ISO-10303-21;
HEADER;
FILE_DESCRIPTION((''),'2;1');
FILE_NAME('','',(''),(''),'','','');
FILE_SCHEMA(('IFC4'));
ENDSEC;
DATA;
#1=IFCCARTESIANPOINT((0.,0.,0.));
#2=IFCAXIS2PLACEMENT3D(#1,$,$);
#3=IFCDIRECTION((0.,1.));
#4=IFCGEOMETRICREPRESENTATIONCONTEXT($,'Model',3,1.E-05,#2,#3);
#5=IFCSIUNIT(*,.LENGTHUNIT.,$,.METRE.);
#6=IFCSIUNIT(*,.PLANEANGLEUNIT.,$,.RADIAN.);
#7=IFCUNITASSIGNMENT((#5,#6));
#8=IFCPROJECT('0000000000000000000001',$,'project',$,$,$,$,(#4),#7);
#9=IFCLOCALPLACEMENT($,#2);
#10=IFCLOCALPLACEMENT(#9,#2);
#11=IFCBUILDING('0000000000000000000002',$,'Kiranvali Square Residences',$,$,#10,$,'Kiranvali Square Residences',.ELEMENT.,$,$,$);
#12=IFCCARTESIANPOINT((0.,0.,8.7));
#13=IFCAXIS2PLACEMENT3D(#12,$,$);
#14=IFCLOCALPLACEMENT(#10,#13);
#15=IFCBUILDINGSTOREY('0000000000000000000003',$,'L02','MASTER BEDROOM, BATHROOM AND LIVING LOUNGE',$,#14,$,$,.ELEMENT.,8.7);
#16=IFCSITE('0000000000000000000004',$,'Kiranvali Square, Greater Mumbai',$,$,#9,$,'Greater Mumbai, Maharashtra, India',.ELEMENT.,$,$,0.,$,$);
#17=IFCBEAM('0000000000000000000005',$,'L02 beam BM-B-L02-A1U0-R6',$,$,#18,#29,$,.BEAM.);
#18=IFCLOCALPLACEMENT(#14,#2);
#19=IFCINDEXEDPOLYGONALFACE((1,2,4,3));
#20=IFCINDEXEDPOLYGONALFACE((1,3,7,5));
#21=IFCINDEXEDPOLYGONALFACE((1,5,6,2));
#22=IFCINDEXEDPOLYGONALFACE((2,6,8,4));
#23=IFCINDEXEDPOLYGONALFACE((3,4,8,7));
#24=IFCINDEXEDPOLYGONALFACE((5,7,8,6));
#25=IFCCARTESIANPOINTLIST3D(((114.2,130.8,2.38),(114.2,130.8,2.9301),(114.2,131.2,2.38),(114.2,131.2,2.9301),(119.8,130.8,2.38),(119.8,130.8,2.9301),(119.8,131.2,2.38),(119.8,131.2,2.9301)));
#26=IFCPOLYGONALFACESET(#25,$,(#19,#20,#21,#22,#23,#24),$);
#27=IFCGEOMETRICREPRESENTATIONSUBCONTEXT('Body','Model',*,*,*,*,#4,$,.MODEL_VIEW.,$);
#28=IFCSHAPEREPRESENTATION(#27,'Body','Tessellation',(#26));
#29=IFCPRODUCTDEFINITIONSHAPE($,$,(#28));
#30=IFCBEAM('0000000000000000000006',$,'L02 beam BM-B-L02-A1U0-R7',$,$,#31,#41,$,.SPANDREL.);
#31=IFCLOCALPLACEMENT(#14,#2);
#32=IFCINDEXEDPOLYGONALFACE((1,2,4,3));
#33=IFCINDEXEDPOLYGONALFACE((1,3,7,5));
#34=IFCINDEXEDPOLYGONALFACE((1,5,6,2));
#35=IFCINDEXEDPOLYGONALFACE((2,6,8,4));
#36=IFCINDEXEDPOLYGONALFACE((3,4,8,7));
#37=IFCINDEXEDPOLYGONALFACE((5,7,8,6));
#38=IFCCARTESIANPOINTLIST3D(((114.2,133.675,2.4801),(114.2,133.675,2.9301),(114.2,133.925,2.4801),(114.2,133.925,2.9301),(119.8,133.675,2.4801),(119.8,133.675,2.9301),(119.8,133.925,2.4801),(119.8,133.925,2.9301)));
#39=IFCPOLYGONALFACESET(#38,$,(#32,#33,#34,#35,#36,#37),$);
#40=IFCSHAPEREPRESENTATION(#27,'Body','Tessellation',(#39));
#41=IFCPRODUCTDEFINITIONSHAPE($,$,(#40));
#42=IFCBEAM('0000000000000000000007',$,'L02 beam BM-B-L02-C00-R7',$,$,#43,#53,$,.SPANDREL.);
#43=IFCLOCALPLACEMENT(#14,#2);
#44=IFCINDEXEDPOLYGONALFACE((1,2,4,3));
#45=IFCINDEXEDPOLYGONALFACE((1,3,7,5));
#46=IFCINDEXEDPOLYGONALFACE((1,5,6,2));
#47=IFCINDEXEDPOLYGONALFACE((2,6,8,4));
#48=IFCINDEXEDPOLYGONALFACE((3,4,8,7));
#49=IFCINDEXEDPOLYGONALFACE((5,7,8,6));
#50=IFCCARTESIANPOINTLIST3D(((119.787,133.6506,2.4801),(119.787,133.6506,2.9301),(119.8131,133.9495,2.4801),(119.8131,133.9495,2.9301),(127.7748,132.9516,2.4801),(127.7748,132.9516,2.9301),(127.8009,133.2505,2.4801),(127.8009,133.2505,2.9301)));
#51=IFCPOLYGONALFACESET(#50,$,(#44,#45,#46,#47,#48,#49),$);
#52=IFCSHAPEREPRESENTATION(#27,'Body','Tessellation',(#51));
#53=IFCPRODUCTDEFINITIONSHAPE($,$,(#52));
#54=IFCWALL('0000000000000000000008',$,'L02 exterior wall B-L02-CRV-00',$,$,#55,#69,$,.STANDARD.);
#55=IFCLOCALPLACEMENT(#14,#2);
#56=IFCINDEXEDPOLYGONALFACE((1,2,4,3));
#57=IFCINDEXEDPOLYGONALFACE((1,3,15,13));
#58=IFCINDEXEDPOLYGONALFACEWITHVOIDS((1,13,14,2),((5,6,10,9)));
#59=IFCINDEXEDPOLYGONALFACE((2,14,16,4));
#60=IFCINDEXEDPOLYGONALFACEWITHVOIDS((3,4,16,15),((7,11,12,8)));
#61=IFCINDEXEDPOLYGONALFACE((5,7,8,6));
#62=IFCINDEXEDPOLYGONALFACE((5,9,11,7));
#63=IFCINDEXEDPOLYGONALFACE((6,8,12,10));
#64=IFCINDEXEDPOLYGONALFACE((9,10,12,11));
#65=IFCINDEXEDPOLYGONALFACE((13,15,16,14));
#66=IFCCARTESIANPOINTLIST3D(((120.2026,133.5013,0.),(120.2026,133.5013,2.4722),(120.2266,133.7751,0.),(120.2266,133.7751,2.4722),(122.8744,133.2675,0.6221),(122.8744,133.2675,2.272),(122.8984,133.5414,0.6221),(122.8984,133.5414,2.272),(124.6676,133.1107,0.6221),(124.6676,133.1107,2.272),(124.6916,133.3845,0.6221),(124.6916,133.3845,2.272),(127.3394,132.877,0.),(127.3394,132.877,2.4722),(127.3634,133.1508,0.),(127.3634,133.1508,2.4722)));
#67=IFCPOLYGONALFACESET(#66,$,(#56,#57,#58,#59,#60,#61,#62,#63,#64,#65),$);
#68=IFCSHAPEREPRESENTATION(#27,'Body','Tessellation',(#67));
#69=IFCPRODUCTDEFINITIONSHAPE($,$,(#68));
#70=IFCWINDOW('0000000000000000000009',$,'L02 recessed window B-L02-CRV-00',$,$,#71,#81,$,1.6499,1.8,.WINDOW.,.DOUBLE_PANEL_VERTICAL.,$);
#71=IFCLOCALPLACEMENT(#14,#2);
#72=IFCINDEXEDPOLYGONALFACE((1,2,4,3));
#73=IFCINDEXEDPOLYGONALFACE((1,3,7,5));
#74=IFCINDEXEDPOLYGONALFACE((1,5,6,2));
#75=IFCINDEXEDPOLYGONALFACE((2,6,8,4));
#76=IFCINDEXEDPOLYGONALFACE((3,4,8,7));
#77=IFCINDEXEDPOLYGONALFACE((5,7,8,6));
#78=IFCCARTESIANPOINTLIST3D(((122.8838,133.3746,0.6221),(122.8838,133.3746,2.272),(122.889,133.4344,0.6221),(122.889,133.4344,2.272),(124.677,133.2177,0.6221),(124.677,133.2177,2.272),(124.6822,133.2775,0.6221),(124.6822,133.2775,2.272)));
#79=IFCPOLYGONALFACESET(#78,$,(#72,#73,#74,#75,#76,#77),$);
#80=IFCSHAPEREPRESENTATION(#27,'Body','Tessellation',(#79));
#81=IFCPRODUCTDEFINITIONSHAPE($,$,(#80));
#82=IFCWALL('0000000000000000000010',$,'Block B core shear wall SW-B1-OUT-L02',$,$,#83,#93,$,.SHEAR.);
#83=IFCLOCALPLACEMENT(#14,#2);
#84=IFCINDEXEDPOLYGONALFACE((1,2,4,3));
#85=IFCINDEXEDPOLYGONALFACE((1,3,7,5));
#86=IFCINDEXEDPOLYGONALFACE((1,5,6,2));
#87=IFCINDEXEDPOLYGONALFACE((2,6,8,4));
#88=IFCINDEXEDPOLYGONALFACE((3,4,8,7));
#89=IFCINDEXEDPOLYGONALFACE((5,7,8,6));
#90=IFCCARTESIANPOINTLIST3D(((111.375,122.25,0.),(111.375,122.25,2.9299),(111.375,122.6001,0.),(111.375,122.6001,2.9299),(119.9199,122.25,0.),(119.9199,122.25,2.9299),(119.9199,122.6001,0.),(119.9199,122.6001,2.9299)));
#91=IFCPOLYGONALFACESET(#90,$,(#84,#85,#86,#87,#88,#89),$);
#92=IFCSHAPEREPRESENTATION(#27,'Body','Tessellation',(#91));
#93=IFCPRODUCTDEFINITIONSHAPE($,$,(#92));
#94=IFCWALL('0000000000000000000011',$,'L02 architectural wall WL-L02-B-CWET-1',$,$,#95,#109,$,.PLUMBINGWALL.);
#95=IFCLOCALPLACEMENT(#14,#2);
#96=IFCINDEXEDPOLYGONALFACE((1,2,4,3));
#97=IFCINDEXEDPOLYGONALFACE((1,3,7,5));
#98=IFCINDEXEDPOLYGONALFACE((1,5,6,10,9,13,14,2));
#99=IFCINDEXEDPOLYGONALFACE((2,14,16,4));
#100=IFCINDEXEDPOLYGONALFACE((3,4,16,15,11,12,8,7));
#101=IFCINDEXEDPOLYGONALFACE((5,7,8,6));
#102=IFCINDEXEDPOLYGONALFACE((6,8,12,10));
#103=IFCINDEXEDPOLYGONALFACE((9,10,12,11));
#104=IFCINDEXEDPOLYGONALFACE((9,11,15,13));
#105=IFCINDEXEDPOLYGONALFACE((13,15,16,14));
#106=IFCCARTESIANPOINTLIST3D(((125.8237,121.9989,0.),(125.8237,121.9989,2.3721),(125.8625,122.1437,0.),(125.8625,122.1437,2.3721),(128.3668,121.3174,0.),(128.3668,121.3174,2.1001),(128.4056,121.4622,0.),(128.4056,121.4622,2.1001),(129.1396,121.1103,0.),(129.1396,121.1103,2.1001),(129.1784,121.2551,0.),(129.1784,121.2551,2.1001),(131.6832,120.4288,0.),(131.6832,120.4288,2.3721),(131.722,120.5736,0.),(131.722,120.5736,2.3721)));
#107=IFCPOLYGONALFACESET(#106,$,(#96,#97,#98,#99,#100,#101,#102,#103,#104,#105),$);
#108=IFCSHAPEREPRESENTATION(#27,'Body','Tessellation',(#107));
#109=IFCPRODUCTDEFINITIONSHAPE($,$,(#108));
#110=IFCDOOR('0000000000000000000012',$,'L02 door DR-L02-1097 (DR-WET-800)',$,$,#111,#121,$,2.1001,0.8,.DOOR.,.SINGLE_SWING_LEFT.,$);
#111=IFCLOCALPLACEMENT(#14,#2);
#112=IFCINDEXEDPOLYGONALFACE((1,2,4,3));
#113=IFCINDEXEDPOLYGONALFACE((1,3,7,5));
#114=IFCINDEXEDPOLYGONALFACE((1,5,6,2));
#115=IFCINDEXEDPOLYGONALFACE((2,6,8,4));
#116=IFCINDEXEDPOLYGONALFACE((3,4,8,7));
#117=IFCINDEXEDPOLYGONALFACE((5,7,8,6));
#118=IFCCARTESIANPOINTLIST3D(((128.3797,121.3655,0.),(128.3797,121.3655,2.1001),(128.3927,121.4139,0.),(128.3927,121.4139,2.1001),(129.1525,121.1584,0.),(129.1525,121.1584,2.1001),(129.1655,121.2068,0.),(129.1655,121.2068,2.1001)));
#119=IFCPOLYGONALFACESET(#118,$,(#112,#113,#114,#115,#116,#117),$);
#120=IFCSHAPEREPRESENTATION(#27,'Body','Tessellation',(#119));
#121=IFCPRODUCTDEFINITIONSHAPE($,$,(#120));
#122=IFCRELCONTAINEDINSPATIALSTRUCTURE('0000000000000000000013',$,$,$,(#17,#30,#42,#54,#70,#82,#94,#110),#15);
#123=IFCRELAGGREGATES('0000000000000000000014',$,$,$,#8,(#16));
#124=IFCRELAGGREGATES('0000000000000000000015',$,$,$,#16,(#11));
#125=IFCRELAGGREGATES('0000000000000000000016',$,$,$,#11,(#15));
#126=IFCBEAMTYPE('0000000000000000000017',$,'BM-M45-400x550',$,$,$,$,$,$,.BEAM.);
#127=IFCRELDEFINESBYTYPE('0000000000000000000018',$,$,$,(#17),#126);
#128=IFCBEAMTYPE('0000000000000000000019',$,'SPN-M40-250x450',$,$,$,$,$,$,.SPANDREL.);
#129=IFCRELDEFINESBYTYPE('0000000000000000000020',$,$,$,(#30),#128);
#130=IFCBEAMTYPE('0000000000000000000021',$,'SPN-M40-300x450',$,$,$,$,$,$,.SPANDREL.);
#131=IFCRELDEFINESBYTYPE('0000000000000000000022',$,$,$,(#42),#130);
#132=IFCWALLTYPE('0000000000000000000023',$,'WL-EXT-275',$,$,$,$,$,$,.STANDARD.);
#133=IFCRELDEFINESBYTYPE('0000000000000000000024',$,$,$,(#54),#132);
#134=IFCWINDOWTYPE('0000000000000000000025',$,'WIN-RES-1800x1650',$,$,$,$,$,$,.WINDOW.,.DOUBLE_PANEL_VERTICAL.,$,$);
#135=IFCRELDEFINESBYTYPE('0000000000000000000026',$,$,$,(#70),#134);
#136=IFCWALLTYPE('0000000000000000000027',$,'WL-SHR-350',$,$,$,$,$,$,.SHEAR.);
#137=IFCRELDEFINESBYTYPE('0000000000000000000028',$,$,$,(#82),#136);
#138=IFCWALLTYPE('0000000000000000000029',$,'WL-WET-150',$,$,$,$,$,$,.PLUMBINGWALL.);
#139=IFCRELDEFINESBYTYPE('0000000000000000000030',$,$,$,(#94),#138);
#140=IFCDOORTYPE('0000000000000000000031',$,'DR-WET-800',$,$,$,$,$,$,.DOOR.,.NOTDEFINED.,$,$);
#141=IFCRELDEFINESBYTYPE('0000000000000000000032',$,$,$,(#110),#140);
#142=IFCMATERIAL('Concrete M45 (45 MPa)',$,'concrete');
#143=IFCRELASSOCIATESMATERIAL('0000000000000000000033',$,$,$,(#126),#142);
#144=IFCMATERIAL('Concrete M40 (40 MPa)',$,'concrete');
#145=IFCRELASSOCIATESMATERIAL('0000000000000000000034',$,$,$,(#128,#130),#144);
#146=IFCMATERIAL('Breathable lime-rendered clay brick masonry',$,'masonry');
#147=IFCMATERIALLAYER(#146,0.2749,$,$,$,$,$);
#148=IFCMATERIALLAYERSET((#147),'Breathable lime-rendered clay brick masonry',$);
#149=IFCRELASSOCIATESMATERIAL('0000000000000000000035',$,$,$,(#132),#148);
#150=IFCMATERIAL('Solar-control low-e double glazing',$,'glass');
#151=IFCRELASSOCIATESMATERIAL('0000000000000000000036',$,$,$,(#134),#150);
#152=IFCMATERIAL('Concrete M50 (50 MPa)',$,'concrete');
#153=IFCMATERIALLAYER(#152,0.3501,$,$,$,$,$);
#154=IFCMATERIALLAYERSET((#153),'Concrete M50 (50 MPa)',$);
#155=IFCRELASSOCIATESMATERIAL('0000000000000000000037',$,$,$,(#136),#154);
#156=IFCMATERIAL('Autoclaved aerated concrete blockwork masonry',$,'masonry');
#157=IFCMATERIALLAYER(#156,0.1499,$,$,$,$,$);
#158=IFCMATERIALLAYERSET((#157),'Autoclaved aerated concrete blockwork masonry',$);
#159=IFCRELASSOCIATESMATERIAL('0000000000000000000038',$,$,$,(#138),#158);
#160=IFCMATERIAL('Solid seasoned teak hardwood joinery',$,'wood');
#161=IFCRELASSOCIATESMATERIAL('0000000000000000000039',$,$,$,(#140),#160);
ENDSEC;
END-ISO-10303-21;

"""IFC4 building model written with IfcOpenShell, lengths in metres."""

from ifc_helpers import new_model, si_unit, direction, frame, frame_2d, origin, origin_2d, place, context, subcontext, project, spatial, rectangle, extrude, material, layer, layer_set, material_profile, profile_set, type_object, element, fill, save


model = new_model("IFC4")

# Units and contexts
model_context = context("Model", 3, precision=1e-05, world=origin(), true_north=direction((0.0, 1.0)))
body_context = subcontext(model_context, "Body", "Model", "MODEL_VIEW")
ifc_project = project(units=[si_unit("LENGTHUNIT", "METRE"), si_unit("PLANEANGLEUNIT", "RADIAN")], contexts=[model_context])

# Site, building, storey
site_placement = place(None, origin())
site = spatial("IfcSite", under=ifc_project, at=site_placement, Name="Kiranvali Square, Greater Mumbai", LongName="Greater Mumbai, Maharashtra, India", CompositionType="ELEMENT", RefElevation=0.0)
building_placement = place(site_placement, origin())
building = spatial("IfcBuilding", under=site, at=building_placement, Name="Kiranvali Square Residences", LongName="Kiranvali Square Residences", CompositionType="ELEMENT")
storey_placement = place(building_placement, frame((0.0, 0.0, 8.7)))
storey = spatial("IfcBuildingStorey", under=building, at=storey_placement, Name="L02", Description="MASTER BEDROOM, BATHROOM AND LIVING LOUNGE", CompositionType="ELEMENT", Elevation=8.7)

# Shared definitions
ifc_material_1 = material(Name="Concrete M50 (50 MPa)", Category="concrete")

# Beams
ifc_material_2 = material(Name="Concrete M45 (45 MPa)", Category="concrete")
ifc_material_profile_1 = material_profile(ifc_material_2, rectangle(XDim=0.3999, YDim=0.55, at=origin_2d()), Name="RC 400x550")
ifc_profile_set_1 = profile_set([ifc_material_profile_1], Name="Concrete M45 (45 MPa)")
beam_type_1 = type_object("IfcBeamType", Name="BM-M45-400x550", PredefinedType="BEAM", material=ifc_profile_set_1)
for number, where, z_axis, x_axis, name in (
    (1, (119.8, 131.0, 2.655), (-1.0, 0.0, 0.0), (0.0, -1.0, 0.0), "L02 beam BM-B-L02-A1U0-R6"),
):
    element("IfcBeam", number, at=place(storey_placement, frame(where, z_axis=z_axis, x_axis=x_axis)), inside=storey, type_object=beam_type_1, Name=name, PredefinedType="BEAM", context=body_context, shape_type="SweptSolid", body=[
        extrude(rectangle(XDim=0.3999, YDim=0.55, at=origin_2d()), origin(), (0.0, 0.0, 1.0), 5.6001),
    ])
ifc_material_3 = material(Name="Concrete M40 (40 MPa)", Category="concrete")
ifc_material_profile_2 = material_profile(ifc_material_3, rectangle(XDim=0.25, YDim=0.45, at=origin_2d()), Name="RC 250x450")
ifc_profile_set_2 = profile_set([ifc_material_profile_2], Name="Concrete M40 (40 MPa)")
beam_type_2 = type_object("IfcBeamType", Name="SPN-M40-250x450", PredefinedType="SPANDREL", material=ifc_profile_set_2)
beam_1_placement = place(storey_placement, frame((119.8, 133.8, 2.7051), z_axis=(-1.0, 0.0, 0.0), x_axis=(0.0, -1.0, 0.0)))
element("IfcBeam", 2, at=beam_1_placement, inside=storey, type_object=beam_type_2, Name="L02 beam BM-B-L02-A1U0-R7", PredefinedType="SPANDREL", context=body_context, shape_type="SweptSolid", body=[
    extrude(rectangle(XDim=0.25, YDim=0.45, at=origin_2d()), origin(), (0.0, 0.0, 1.0), 5.6001),
])
ifc_material_profile_3 = material_profile(ifc_material_3, rectangle(XDim=0.3, YDim=0.45, at=origin_2d()), Name="RC 300x450")
ifc_profile_set_3 = profile_set([ifc_material_profile_3], Name="Concrete M40 (40 MPa)")
beam_type_3 = type_object("IfcBeamType", Name="SPN-M40-300x450", PredefinedType="SPANDREL", material=ifc_profile_set_3)
beam_2_placement = place(storey_placement, frame((119.8, 133.8, 2.7051), z_axis=(0.996193, -0.087172, 0.0), x_axis=(0.087172, 0.996193, 0.0)))
element("IfcBeam", 3, at=beam_2_placement, inside=storey, type_object=beam_type_3, Name="L02 beam BM-B-L02-C00-R7", PredefinedType="SPANDREL", context=body_context, shape_type="SweptSolid", body=[
    extrude(rectangle(XDim=0.3, YDim=0.45, at=origin_2d()), origin(), (0.0, 0.0, 1.0), 8.0183),
])

# Wall, opening, window
ifc_material_4 = material(Name="Breathable lime-rendered clay brick masonry", Category="masonry")
ifc_layer_1 = layer(ifc_material_4, 0.2749)
ifc_layer_set_1 = layer_set([ifc_layer_1], Name="Breathable lime-rendered clay brick masonry")
wall_type_1 = type_object("IfcWallType", Name="WL-EXT-275", PredefinedType="STANDARD", material=ifc_layer_set_1)
wall_1_placement = place(storey_placement, frame((120.2146, 133.6382, 0.0), z_axis=(0.0, 0.0, 1.0), x_axis=(0.996196, -0.08714, 0.0)))
wall_1 = element("IfcWall", 4, at=wall_1_placement, inside=storey, type_object=wall_type_1, Name="L02 exterior wall B-L02-CRV-00", PredefinedType="STANDARD", context=body_context, shape_type="SweptSolid", body=[
    extrude(rectangle(XDim=7.1641, YDim=0.2749, at=frame_2d((3.582, 0.0))), origin(), (0.0, 0.0, 1.0), 2.4722),
])
opening_1_placement = place(wall_1_placement, frame((2.6821, 0.0, 0.6221)))
opening_1 = element("IfcOpeningElement", 5, at=opening_1_placement, cuts=wall_1, PredefinedType="OPENING", context=body_context, shape_type="SweptSolid", body=[
    extrude(rectangle(XDim=1.8, YDim=1.6499, at=frame_2d((0.8999, 0.825))), frame((0.0, 0.1475, 0.0), z_axis=(0.0, -1.0, 0.0), x_axis=(1.0, 0.0, 0.0)), (0.0, 0.0, 1.0), 0.2949),
])
ifc_material_5 = material(Name="Solar-control low-e double glazing", Category="glass")
window_type = type_object("IfcWindowType", Name="WIN-RES-1800x1650", PartitioningType="DOUBLE_PANEL_VERTICAL", PredefinedType="WINDOW", material=ifc_material_5)
window_placement = place(opening_1_placement, origin())
window = element("IfcWindow", 6, at=window_placement, inside=storey, type_object=window_type, Name="L02 recessed window B-L02-CRV-00", OverallHeight=1.6499, OverallWidth=1.8, PartitioningType="DOUBLE_PANEL_VERTICAL", PredefinedType="WINDOW", context=body_context, shape_type="SweptSolid", body=[
    extrude(rectangle(XDim=1.8, YDim=1.6499, at=frame_2d((0.8999, 0.825))), frame((0.0, 0.03, 0.0), z_axis=(0.0, -1.0, 0.0), x_axis=(1.0, 0.0, 0.0)), (0.0, 0.0, 1.0), 0.0601),
])
fill(opening_1, window)

# Wall
ifc_layer_2 = layer(ifc_material_1, 0.3501)
ifc_layer_set_2 = layer_set([ifc_layer_2], Name="Concrete M50 (50 MPa)")
wall_type_2 = type_object("IfcWallType", Name="WL-SHR-350", PredefinedType="SHEAR", material=ifc_layer_set_2)
wall_2_placement = place(storey_placement, frame((119.9199, 122.425, 0.0), z_axis=(0.0, 0.0, 1.0), x_axis=(-1.0, 0.0, 0.0)))
element("IfcWall", 7, at=wall_2_placement, inside=storey, type_object=wall_type_2, Name="Block B core shear wall SW-B1-OUT-L02", PredefinedType="SHEAR", context=body_context, shape_type="SweptSolid", body=[
    extrude(rectangle(XDim=8.5449, YDim=0.3501, at=frame_2d((4.2725, 0.0))), origin(), (0.0, 0.0, 1.0), 2.9299),
])

# Wall, opening, door
ifc_material_6 = material(Name="Autoclaved aerated concrete blockwork masonry", Category="masonry")
ifc_layer_3 = layer(ifc_material_6, 0.1499)
ifc_layer_set_3 = layer_set([ifc_layer_3], Name="Autoclaved aerated concrete blockwork masonry")
wall_type_3 = type_object("IfcWallType", Name="WL-WET-150", PredefinedType="PLUMBINGWALL", material=ifc_layer_set_3)
wall_3_placement = place(storey_placement, frame((125.843, 122.0713, 0.0), z_axis=(0.0, 0.0, 1.0), x_axis=(0.965924, -0.258827, 0.0)))
wall_3 = element("IfcWall", 8, at=wall_3_placement, inside=storey, type_object=wall_type_3, Name="L02 architectural wall WL-L02-B-CWET-1", PredefinedType="PLUMBINGWALL", context=body_context, shape_type="SweptSolid", body=[
    extrude(rectangle(XDim=6.0662, YDim=0.1499, at=frame_2d((3.0332, 0.0))), origin(), (0.0, 0.0, 1.0), 2.3721),
])
opening_2_placement = place(wall_3_placement, frame((2.6331, 0.0, 0.0)))
opening_2 = element("IfcOpeningElement", 9, at=opening_2_placement, cuts=wall_3, PredefinedType="OPENING", context=body_context, shape_type="SweptSolid", body=[
    extrude(rectangle(XDim=0.8, YDim=2.1001, at=frame_2d((0.3999, 1.05))), frame((0.0, 0.085, 0.0), z_axis=(0.0, -1.0, 0.0), x_axis=(1.0, 0.0, 0.0)), (0.0, 0.0, 1.0), 0.1699),
])
ifc_material_7 = material(Name="Solid seasoned teak hardwood joinery", Category="wood")
door_type = type_object("IfcDoorType", Name="DR-WET-800", OperationType="NOTDEFINED", PredefinedType="DOOR", material=ifc_material_7)
door_placement = place(opening_2_placement, origin())
door = element("IfcDoor", 10, at=door_placement, inside=storey, type_object=door_type, Name="L02 door DR-L02-1097 (DR-WET-800)", OperationType="SINGLE_SWING_LEFT", OverallHeight=2.1001, OverallWidth=0.8, PredefinedType="DOOR", context=body_context, shape_type="SweptSolid", body=[
    extrude(rectangle(XDim=0.8, YDim=2.1001, at=frame_2d((0.3999, 1.05))), frame((0.0, 0.0249, 0.0), z_axis=(0.0, -1.0, 0.0), x_axis=(1.0, 0.0, 0.0)), (0.0, 0.0, 1.0), 0.05),
])
fill(opening_2, door)

save(model, "model.ifc")
